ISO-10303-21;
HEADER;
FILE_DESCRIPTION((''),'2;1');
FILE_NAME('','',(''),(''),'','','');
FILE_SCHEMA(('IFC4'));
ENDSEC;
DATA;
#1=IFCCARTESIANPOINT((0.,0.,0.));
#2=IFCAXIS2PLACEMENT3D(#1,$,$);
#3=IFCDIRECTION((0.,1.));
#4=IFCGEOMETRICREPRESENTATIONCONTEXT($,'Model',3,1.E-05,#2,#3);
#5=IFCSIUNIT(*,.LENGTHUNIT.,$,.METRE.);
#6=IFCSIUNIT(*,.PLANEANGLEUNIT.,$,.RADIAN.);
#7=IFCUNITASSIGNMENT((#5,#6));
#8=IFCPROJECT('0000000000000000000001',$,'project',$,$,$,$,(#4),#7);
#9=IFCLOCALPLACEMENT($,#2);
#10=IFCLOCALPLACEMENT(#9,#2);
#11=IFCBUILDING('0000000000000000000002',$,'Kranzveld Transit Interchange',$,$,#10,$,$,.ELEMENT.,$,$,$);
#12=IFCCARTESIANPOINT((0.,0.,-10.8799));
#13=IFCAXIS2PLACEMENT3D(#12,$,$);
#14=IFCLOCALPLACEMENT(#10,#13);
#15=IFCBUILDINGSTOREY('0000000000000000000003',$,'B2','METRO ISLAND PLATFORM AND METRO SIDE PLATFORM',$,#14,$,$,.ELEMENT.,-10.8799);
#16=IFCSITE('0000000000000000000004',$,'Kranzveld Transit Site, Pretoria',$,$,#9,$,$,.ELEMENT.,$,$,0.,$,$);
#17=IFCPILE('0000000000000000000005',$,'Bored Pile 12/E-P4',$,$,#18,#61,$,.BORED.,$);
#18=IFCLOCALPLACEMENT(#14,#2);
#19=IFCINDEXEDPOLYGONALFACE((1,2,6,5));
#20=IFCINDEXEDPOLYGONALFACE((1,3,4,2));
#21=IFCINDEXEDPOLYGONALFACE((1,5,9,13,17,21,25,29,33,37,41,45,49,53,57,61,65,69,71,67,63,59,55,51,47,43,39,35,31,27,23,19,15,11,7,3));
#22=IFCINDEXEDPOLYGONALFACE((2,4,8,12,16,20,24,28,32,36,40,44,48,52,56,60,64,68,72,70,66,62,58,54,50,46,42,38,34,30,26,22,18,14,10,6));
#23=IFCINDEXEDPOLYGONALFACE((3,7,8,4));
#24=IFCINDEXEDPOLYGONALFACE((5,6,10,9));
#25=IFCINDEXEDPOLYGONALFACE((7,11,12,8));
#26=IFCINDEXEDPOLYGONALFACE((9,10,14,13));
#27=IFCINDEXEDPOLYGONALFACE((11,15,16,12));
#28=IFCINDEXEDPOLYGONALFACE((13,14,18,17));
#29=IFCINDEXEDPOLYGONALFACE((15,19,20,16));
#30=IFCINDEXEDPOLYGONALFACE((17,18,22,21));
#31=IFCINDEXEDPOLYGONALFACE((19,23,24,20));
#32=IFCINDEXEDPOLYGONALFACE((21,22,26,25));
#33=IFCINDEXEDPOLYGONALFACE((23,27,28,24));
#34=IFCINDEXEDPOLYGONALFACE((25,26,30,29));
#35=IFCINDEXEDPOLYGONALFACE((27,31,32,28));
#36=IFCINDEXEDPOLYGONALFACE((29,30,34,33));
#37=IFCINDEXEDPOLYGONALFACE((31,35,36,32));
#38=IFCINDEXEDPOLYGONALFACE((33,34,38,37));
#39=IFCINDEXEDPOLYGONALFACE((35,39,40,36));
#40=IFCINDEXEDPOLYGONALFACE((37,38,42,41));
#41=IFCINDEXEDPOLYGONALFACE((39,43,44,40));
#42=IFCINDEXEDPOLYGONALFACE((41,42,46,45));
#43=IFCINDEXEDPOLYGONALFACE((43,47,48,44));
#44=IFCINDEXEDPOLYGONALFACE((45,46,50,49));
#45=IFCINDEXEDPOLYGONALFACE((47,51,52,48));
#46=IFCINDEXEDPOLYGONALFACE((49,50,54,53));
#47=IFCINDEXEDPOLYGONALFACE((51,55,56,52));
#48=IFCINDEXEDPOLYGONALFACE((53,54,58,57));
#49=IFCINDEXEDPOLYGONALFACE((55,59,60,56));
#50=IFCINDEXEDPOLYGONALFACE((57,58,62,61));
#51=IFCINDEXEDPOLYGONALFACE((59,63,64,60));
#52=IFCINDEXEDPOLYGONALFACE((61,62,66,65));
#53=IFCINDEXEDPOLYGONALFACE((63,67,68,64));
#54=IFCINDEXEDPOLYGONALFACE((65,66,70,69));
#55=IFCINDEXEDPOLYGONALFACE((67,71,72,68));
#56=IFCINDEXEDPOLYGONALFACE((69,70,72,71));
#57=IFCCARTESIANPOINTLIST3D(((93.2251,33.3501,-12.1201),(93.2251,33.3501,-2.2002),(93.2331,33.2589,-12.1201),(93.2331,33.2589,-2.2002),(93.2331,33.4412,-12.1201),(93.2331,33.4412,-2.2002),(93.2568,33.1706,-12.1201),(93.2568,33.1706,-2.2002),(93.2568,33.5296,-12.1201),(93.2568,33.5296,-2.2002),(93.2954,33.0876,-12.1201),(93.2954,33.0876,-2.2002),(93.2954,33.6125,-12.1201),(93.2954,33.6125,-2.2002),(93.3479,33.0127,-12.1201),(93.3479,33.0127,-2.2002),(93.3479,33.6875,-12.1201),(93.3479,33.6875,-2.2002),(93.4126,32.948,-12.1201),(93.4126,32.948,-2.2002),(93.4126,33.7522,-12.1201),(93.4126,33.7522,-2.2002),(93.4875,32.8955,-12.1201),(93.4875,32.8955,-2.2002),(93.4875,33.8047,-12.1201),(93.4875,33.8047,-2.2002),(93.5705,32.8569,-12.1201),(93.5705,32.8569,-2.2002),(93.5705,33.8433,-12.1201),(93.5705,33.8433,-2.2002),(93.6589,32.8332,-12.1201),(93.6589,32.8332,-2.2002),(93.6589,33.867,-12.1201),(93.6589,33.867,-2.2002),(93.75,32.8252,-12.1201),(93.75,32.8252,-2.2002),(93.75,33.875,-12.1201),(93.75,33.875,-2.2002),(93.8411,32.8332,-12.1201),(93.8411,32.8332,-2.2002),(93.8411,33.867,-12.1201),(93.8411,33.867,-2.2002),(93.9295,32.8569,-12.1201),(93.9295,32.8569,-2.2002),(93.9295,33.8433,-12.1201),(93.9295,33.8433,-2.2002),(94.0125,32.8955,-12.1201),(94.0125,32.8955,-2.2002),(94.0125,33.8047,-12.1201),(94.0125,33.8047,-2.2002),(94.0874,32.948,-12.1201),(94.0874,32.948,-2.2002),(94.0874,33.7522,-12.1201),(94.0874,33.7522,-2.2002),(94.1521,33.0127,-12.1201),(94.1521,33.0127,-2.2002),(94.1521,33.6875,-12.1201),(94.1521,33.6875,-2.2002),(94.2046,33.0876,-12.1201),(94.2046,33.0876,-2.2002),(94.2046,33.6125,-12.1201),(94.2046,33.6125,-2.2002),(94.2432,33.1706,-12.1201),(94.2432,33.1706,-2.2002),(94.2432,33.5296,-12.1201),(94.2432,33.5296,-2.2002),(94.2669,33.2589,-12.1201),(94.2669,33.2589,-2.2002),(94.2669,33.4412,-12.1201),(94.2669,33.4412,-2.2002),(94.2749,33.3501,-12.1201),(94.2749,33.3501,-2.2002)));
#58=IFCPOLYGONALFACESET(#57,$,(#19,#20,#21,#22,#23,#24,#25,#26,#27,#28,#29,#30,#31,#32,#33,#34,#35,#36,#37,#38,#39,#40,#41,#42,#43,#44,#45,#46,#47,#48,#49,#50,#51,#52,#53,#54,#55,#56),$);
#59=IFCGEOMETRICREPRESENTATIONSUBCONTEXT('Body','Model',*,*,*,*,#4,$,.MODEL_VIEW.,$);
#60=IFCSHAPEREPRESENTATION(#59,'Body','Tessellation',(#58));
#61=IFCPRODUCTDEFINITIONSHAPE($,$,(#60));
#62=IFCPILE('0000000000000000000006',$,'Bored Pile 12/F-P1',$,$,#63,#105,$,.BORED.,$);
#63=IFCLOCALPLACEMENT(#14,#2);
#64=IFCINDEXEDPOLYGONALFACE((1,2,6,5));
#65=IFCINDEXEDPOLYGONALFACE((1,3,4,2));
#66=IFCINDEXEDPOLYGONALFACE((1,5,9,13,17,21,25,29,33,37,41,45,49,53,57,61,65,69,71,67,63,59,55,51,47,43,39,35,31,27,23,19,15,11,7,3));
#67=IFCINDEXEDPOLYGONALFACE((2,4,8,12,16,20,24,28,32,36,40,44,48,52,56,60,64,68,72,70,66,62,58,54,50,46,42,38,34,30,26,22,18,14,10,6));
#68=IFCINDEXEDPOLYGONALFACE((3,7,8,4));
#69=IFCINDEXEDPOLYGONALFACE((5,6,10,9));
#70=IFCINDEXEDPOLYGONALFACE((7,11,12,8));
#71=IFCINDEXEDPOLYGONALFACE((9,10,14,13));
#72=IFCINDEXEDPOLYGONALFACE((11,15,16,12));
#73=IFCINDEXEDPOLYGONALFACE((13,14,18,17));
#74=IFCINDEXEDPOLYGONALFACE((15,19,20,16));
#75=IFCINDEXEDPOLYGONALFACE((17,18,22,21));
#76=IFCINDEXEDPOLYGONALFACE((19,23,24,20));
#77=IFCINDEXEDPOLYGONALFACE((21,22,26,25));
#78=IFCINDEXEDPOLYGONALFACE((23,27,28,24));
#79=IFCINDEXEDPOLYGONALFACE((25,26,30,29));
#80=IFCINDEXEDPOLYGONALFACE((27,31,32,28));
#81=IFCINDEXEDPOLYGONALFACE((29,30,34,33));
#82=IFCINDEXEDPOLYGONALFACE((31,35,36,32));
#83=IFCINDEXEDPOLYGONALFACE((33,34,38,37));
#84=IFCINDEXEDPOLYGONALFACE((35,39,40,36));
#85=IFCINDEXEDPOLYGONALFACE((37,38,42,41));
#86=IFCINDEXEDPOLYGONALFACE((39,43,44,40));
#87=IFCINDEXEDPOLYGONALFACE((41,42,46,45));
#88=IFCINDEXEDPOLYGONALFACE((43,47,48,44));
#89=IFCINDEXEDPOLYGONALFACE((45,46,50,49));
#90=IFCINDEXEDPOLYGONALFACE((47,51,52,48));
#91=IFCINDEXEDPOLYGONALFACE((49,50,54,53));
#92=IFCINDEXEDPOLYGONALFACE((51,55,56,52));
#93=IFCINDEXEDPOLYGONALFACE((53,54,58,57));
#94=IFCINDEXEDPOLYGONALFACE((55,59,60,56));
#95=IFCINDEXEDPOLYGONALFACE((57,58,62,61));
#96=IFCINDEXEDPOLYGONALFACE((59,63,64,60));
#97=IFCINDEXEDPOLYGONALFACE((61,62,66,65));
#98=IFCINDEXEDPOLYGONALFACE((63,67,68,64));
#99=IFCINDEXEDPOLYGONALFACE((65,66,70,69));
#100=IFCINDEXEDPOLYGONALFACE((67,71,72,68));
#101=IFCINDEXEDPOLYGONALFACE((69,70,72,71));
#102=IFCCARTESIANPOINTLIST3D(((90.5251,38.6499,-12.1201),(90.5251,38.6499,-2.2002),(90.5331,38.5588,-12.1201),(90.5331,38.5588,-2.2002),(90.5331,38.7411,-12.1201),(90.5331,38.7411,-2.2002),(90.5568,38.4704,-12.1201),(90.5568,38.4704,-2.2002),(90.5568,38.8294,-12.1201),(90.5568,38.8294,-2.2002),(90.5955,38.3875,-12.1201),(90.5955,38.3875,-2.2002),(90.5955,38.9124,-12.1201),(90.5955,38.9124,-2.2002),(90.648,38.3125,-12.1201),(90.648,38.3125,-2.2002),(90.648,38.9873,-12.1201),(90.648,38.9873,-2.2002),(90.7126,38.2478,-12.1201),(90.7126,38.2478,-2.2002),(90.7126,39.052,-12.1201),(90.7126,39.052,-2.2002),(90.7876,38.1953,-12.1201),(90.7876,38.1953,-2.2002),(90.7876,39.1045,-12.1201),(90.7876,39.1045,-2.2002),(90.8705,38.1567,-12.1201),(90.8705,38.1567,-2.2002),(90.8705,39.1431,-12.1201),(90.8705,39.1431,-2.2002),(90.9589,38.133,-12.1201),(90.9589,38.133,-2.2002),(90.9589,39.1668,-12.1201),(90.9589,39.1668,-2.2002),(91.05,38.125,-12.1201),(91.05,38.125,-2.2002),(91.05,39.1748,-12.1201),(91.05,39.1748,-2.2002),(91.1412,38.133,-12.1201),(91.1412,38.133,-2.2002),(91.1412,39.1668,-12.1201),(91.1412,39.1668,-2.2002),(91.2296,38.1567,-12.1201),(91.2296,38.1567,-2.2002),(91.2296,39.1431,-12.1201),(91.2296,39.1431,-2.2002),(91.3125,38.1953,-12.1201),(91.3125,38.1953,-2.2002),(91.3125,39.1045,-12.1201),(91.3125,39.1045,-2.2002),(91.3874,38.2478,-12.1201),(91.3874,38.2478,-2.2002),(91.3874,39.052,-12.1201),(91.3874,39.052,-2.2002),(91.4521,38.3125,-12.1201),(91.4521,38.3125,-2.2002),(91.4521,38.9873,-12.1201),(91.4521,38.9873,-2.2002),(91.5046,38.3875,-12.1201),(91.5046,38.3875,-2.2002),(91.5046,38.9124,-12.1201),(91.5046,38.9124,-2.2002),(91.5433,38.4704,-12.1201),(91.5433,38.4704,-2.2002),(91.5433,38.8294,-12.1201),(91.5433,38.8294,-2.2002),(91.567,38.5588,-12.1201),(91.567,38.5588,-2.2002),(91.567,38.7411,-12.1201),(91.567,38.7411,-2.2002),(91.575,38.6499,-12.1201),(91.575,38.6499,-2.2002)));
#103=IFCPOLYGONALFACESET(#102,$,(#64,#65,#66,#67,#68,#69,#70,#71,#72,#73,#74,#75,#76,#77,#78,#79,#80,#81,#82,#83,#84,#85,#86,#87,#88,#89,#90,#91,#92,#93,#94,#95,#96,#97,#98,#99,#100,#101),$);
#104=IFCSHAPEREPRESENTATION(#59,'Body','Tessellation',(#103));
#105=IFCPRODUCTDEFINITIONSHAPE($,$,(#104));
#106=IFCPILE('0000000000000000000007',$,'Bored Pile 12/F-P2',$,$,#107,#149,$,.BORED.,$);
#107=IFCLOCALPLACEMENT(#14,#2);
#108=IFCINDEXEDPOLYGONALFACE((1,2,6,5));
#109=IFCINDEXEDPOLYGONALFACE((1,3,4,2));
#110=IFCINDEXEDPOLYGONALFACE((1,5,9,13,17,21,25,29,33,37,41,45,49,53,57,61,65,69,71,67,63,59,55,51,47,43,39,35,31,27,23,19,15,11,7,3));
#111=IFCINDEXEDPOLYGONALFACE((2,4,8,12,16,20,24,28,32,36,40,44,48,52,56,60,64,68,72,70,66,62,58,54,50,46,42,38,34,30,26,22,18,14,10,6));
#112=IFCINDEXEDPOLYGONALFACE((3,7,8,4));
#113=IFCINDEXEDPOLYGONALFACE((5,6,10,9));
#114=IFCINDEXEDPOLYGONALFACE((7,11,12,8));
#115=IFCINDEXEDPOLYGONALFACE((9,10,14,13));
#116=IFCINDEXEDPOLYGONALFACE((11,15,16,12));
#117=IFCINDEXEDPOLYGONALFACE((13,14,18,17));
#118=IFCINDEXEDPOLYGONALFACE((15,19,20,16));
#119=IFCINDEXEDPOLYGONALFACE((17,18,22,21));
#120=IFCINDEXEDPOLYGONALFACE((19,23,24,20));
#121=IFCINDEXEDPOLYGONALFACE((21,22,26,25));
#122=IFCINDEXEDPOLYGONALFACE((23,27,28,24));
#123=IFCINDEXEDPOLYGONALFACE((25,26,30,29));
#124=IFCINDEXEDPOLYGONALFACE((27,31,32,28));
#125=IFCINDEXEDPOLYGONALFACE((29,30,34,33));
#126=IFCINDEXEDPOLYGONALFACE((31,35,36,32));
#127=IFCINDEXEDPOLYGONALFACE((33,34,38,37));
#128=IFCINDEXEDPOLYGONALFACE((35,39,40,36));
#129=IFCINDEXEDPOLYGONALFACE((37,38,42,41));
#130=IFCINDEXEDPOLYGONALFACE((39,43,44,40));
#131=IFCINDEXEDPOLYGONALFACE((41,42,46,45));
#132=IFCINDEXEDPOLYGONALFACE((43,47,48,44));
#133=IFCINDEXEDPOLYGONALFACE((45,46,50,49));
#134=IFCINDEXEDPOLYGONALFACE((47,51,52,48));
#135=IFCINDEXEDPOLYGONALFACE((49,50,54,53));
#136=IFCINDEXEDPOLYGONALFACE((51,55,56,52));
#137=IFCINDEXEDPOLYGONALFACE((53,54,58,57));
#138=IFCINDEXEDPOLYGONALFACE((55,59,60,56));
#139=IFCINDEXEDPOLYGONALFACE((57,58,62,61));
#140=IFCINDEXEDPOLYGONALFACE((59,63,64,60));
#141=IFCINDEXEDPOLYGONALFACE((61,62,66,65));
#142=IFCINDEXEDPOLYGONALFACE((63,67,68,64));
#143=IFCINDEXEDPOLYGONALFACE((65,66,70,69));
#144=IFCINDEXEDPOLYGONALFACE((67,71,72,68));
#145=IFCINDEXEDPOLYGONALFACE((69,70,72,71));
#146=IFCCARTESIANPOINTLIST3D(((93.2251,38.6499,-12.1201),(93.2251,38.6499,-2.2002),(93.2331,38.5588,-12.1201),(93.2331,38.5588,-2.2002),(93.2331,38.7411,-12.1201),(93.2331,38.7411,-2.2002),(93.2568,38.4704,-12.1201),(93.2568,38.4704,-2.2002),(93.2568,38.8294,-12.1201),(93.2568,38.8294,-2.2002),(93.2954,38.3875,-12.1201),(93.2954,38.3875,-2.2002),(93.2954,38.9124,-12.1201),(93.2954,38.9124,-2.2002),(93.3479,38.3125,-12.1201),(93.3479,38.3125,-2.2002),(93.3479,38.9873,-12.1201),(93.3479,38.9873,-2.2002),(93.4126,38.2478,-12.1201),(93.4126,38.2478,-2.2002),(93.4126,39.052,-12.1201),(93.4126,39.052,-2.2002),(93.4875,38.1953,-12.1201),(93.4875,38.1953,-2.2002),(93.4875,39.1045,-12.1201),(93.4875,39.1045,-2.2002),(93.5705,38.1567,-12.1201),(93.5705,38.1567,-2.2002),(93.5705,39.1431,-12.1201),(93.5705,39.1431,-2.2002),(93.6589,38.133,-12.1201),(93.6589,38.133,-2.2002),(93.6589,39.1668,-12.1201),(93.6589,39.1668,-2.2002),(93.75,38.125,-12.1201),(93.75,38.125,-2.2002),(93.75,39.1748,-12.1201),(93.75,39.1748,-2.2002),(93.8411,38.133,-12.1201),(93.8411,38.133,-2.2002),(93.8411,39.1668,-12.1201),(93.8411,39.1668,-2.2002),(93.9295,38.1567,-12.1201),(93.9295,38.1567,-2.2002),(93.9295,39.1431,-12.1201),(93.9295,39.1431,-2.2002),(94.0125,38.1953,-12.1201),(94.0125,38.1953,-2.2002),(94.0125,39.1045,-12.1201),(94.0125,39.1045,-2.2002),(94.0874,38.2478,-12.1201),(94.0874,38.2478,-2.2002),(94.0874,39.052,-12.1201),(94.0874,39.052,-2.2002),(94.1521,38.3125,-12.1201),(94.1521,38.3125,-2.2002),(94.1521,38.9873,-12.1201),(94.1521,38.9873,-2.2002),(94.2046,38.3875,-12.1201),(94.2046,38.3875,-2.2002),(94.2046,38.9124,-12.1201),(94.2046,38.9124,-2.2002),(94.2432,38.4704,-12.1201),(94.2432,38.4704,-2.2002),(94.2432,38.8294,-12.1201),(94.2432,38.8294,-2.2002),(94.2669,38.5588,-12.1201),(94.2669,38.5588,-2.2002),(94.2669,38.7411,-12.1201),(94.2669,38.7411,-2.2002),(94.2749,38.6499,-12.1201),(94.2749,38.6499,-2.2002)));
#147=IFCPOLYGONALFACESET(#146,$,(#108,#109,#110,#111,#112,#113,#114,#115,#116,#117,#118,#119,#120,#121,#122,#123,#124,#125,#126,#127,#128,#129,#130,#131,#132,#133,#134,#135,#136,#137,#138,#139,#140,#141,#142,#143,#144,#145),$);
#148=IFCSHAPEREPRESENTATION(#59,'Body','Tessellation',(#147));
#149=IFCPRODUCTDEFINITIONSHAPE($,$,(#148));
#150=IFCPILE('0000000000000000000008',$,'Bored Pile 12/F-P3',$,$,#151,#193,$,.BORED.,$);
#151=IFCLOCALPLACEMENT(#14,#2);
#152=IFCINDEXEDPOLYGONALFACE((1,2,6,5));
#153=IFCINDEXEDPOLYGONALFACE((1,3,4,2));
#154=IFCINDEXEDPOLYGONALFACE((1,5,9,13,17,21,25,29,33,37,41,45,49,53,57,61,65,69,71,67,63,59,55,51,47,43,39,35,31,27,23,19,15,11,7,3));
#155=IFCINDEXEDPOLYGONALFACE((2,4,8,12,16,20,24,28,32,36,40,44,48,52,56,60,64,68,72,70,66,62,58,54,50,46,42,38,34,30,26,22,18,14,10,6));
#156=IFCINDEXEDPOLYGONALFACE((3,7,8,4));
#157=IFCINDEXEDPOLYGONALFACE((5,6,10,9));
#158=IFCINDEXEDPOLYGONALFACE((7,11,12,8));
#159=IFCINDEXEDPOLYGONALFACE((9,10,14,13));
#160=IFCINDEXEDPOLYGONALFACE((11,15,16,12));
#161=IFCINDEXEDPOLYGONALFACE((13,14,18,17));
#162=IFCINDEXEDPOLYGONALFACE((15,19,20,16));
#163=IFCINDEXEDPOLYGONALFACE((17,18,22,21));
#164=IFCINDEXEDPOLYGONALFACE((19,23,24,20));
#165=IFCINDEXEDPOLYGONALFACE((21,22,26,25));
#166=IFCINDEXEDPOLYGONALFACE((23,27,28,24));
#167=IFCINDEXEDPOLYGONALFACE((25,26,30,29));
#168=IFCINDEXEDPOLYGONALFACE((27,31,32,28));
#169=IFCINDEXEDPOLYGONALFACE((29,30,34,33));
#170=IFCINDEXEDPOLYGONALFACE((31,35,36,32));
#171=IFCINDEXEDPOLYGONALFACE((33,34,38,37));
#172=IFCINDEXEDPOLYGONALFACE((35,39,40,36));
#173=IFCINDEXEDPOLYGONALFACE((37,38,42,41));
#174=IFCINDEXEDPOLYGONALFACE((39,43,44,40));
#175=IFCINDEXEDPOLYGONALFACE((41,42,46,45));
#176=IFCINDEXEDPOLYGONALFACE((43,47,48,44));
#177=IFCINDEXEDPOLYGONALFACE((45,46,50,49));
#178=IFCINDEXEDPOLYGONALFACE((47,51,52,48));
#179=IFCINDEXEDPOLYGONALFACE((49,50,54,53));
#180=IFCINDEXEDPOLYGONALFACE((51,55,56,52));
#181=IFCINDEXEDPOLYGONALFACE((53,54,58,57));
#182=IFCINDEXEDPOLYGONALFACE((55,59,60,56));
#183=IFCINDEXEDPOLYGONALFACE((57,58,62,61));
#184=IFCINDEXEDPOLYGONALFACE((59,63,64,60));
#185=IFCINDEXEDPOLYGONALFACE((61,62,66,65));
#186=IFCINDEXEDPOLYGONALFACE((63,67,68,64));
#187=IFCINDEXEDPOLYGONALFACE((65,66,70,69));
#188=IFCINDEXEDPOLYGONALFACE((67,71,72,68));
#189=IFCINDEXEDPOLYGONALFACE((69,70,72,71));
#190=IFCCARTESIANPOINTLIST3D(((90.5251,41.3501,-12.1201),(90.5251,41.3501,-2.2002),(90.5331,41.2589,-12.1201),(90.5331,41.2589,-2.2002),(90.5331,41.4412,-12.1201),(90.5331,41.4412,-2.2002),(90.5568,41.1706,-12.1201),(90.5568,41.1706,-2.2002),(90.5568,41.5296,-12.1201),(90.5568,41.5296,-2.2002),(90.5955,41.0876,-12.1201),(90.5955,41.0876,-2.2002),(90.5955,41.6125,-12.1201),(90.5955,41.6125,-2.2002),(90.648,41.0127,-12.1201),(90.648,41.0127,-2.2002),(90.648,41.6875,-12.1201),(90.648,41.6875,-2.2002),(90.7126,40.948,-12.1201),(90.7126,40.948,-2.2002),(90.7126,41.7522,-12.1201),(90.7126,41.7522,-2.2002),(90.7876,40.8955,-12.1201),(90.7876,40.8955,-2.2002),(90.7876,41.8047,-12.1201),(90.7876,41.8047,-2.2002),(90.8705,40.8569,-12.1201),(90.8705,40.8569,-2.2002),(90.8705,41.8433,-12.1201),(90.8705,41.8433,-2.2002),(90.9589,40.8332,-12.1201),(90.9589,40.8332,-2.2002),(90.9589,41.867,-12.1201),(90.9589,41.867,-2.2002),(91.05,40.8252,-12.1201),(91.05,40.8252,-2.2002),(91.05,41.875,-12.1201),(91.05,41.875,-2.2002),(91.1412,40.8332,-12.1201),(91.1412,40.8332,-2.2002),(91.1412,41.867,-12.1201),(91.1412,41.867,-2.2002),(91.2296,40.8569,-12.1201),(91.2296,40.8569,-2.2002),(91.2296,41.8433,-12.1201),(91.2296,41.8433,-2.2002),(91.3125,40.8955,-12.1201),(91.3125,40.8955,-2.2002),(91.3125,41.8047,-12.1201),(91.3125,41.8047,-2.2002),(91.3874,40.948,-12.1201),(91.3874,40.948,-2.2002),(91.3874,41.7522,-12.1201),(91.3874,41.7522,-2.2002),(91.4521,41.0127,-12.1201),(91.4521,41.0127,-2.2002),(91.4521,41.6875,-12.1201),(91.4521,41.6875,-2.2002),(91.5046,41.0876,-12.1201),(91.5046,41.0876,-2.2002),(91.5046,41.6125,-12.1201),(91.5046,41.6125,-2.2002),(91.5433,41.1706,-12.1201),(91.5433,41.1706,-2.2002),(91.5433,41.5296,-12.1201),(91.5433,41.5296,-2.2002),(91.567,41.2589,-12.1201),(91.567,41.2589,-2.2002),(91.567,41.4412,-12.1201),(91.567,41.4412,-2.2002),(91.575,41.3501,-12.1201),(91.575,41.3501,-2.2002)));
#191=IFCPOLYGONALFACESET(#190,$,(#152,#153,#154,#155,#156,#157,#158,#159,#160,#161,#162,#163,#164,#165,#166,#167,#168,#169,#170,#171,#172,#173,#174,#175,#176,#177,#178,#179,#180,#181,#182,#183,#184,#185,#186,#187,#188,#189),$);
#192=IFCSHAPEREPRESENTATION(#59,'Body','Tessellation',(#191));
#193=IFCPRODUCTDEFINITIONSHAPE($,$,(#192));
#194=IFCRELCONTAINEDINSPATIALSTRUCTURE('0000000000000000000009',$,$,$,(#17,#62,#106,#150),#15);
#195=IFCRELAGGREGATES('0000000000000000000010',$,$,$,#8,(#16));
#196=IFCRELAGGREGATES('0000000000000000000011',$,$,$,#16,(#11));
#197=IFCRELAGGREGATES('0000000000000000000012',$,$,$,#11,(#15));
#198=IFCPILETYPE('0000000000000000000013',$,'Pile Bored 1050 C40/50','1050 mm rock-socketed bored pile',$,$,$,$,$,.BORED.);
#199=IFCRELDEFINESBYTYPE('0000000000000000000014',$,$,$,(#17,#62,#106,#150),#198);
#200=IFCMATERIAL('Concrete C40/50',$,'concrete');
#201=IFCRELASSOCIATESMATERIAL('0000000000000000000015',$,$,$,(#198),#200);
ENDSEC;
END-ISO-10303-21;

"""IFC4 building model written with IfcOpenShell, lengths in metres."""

from ifc_helpers import new_model, si_unit, direction, frame, origin, origin_2d, place, context, subcontext, project, spatial, circle, extrude, material, material_profile, profile_set, type_object, element, save


model = new_model("IFC4")

# Units and contexts
model_context = context("Model", 3, precision=1e-05, world=origin(), true_north=direction((0.0, 1.0)))
body_context = subcontext(model_context, "Body", "Model", "MODEL_VIEW")
ifc_project = project(units=[si_unit("LENGTHUNIT", "METRE"), si_unit("PLANEANGLEUNIT", "RADIAN")], contexts=[model_context])

# Site, building, storey
site_placement = place(None, origin())
site = spatial("IfcSite", under=ifc_project, at=site_placement, Name="Kranzveld Transit Site, Pretoria", CompositionType="ELEMENT", RefElevation=0.0)
building_placement = place(site_placement, origin())
building = spatial("IfcBuilding", under=site, at=building_placement, Name="Kranzveld Transit Interchange", CompositionType="ELEMENT")
storey_placement = place(building_placement, frame((0.0, 0.0, -10.8799)))
storey = spatial("IfcBuildingStorey", under=building, at=storey_placement, Name="B2", Description="METRO ISLAND PLATFORM AND METRO SIDE PLATFORM", CompositionType="ELEMENT", Elevation=-10.8799)

# Piles
ifc_material_1 = material(Name="Concrete C40/50", Category="concrete")
ifc_material_profile_1 = material_profile(ifc_material_1, circle(Radius=0.5249, at=origin_2d()), Name="BORED PILE 1050")
ifc_profile_set_1 = profile_set([ifc_material_profile_1], Name="Concrete C40/50")
pile_type = type_object("IfcPileType", Name="Pile Bored 1050 C40/50", Description="1050 mm rock-socketed bored pile", PredefinedType="BORED", material=ifc_profile_set_1)
for number, where, z_axis, x_axis, name in (
    (1, (93.75, 33.3501, -2.2002), (0.0, 0.0, -1.0), (1.0, 0.0, 0.0), "Bored Pile 12/E-P4"),
    (2, (91.05, 38.6499, -2.2002), (0.0, 0.0, -1.0), (1.0, 0.0, 0.0), "Bored Pile 12/F-P1"),
    (3, (93.75, 38.6499, -2.2002), (0.0, 0.0, -1.0), (1.0, 0.0, 0.0), "Bored Pile 12/F-P2"),
    (4, (91.05, 41.3501, -2.2002), (0.0, 0.0, -1.0), (1.0, 0.0, 0.0), "Bored Pile 12/F-P3"),
):
    element("IfcPile", number, at=place(storey_placement, frame(where, z_axis=z_axis, x_axis=x_axis)), inside=storey, type_object=pile_type, Name=name, PredefinedType="BORED", context=body_context, shape_type="SweptSolid", body=[
        extrude(circle(Radius=0.5249, at=origin_2d()), origin(), (0.0, 0.0, 1.0), 9.9199),
    ])

save(model, "model.ifc")
